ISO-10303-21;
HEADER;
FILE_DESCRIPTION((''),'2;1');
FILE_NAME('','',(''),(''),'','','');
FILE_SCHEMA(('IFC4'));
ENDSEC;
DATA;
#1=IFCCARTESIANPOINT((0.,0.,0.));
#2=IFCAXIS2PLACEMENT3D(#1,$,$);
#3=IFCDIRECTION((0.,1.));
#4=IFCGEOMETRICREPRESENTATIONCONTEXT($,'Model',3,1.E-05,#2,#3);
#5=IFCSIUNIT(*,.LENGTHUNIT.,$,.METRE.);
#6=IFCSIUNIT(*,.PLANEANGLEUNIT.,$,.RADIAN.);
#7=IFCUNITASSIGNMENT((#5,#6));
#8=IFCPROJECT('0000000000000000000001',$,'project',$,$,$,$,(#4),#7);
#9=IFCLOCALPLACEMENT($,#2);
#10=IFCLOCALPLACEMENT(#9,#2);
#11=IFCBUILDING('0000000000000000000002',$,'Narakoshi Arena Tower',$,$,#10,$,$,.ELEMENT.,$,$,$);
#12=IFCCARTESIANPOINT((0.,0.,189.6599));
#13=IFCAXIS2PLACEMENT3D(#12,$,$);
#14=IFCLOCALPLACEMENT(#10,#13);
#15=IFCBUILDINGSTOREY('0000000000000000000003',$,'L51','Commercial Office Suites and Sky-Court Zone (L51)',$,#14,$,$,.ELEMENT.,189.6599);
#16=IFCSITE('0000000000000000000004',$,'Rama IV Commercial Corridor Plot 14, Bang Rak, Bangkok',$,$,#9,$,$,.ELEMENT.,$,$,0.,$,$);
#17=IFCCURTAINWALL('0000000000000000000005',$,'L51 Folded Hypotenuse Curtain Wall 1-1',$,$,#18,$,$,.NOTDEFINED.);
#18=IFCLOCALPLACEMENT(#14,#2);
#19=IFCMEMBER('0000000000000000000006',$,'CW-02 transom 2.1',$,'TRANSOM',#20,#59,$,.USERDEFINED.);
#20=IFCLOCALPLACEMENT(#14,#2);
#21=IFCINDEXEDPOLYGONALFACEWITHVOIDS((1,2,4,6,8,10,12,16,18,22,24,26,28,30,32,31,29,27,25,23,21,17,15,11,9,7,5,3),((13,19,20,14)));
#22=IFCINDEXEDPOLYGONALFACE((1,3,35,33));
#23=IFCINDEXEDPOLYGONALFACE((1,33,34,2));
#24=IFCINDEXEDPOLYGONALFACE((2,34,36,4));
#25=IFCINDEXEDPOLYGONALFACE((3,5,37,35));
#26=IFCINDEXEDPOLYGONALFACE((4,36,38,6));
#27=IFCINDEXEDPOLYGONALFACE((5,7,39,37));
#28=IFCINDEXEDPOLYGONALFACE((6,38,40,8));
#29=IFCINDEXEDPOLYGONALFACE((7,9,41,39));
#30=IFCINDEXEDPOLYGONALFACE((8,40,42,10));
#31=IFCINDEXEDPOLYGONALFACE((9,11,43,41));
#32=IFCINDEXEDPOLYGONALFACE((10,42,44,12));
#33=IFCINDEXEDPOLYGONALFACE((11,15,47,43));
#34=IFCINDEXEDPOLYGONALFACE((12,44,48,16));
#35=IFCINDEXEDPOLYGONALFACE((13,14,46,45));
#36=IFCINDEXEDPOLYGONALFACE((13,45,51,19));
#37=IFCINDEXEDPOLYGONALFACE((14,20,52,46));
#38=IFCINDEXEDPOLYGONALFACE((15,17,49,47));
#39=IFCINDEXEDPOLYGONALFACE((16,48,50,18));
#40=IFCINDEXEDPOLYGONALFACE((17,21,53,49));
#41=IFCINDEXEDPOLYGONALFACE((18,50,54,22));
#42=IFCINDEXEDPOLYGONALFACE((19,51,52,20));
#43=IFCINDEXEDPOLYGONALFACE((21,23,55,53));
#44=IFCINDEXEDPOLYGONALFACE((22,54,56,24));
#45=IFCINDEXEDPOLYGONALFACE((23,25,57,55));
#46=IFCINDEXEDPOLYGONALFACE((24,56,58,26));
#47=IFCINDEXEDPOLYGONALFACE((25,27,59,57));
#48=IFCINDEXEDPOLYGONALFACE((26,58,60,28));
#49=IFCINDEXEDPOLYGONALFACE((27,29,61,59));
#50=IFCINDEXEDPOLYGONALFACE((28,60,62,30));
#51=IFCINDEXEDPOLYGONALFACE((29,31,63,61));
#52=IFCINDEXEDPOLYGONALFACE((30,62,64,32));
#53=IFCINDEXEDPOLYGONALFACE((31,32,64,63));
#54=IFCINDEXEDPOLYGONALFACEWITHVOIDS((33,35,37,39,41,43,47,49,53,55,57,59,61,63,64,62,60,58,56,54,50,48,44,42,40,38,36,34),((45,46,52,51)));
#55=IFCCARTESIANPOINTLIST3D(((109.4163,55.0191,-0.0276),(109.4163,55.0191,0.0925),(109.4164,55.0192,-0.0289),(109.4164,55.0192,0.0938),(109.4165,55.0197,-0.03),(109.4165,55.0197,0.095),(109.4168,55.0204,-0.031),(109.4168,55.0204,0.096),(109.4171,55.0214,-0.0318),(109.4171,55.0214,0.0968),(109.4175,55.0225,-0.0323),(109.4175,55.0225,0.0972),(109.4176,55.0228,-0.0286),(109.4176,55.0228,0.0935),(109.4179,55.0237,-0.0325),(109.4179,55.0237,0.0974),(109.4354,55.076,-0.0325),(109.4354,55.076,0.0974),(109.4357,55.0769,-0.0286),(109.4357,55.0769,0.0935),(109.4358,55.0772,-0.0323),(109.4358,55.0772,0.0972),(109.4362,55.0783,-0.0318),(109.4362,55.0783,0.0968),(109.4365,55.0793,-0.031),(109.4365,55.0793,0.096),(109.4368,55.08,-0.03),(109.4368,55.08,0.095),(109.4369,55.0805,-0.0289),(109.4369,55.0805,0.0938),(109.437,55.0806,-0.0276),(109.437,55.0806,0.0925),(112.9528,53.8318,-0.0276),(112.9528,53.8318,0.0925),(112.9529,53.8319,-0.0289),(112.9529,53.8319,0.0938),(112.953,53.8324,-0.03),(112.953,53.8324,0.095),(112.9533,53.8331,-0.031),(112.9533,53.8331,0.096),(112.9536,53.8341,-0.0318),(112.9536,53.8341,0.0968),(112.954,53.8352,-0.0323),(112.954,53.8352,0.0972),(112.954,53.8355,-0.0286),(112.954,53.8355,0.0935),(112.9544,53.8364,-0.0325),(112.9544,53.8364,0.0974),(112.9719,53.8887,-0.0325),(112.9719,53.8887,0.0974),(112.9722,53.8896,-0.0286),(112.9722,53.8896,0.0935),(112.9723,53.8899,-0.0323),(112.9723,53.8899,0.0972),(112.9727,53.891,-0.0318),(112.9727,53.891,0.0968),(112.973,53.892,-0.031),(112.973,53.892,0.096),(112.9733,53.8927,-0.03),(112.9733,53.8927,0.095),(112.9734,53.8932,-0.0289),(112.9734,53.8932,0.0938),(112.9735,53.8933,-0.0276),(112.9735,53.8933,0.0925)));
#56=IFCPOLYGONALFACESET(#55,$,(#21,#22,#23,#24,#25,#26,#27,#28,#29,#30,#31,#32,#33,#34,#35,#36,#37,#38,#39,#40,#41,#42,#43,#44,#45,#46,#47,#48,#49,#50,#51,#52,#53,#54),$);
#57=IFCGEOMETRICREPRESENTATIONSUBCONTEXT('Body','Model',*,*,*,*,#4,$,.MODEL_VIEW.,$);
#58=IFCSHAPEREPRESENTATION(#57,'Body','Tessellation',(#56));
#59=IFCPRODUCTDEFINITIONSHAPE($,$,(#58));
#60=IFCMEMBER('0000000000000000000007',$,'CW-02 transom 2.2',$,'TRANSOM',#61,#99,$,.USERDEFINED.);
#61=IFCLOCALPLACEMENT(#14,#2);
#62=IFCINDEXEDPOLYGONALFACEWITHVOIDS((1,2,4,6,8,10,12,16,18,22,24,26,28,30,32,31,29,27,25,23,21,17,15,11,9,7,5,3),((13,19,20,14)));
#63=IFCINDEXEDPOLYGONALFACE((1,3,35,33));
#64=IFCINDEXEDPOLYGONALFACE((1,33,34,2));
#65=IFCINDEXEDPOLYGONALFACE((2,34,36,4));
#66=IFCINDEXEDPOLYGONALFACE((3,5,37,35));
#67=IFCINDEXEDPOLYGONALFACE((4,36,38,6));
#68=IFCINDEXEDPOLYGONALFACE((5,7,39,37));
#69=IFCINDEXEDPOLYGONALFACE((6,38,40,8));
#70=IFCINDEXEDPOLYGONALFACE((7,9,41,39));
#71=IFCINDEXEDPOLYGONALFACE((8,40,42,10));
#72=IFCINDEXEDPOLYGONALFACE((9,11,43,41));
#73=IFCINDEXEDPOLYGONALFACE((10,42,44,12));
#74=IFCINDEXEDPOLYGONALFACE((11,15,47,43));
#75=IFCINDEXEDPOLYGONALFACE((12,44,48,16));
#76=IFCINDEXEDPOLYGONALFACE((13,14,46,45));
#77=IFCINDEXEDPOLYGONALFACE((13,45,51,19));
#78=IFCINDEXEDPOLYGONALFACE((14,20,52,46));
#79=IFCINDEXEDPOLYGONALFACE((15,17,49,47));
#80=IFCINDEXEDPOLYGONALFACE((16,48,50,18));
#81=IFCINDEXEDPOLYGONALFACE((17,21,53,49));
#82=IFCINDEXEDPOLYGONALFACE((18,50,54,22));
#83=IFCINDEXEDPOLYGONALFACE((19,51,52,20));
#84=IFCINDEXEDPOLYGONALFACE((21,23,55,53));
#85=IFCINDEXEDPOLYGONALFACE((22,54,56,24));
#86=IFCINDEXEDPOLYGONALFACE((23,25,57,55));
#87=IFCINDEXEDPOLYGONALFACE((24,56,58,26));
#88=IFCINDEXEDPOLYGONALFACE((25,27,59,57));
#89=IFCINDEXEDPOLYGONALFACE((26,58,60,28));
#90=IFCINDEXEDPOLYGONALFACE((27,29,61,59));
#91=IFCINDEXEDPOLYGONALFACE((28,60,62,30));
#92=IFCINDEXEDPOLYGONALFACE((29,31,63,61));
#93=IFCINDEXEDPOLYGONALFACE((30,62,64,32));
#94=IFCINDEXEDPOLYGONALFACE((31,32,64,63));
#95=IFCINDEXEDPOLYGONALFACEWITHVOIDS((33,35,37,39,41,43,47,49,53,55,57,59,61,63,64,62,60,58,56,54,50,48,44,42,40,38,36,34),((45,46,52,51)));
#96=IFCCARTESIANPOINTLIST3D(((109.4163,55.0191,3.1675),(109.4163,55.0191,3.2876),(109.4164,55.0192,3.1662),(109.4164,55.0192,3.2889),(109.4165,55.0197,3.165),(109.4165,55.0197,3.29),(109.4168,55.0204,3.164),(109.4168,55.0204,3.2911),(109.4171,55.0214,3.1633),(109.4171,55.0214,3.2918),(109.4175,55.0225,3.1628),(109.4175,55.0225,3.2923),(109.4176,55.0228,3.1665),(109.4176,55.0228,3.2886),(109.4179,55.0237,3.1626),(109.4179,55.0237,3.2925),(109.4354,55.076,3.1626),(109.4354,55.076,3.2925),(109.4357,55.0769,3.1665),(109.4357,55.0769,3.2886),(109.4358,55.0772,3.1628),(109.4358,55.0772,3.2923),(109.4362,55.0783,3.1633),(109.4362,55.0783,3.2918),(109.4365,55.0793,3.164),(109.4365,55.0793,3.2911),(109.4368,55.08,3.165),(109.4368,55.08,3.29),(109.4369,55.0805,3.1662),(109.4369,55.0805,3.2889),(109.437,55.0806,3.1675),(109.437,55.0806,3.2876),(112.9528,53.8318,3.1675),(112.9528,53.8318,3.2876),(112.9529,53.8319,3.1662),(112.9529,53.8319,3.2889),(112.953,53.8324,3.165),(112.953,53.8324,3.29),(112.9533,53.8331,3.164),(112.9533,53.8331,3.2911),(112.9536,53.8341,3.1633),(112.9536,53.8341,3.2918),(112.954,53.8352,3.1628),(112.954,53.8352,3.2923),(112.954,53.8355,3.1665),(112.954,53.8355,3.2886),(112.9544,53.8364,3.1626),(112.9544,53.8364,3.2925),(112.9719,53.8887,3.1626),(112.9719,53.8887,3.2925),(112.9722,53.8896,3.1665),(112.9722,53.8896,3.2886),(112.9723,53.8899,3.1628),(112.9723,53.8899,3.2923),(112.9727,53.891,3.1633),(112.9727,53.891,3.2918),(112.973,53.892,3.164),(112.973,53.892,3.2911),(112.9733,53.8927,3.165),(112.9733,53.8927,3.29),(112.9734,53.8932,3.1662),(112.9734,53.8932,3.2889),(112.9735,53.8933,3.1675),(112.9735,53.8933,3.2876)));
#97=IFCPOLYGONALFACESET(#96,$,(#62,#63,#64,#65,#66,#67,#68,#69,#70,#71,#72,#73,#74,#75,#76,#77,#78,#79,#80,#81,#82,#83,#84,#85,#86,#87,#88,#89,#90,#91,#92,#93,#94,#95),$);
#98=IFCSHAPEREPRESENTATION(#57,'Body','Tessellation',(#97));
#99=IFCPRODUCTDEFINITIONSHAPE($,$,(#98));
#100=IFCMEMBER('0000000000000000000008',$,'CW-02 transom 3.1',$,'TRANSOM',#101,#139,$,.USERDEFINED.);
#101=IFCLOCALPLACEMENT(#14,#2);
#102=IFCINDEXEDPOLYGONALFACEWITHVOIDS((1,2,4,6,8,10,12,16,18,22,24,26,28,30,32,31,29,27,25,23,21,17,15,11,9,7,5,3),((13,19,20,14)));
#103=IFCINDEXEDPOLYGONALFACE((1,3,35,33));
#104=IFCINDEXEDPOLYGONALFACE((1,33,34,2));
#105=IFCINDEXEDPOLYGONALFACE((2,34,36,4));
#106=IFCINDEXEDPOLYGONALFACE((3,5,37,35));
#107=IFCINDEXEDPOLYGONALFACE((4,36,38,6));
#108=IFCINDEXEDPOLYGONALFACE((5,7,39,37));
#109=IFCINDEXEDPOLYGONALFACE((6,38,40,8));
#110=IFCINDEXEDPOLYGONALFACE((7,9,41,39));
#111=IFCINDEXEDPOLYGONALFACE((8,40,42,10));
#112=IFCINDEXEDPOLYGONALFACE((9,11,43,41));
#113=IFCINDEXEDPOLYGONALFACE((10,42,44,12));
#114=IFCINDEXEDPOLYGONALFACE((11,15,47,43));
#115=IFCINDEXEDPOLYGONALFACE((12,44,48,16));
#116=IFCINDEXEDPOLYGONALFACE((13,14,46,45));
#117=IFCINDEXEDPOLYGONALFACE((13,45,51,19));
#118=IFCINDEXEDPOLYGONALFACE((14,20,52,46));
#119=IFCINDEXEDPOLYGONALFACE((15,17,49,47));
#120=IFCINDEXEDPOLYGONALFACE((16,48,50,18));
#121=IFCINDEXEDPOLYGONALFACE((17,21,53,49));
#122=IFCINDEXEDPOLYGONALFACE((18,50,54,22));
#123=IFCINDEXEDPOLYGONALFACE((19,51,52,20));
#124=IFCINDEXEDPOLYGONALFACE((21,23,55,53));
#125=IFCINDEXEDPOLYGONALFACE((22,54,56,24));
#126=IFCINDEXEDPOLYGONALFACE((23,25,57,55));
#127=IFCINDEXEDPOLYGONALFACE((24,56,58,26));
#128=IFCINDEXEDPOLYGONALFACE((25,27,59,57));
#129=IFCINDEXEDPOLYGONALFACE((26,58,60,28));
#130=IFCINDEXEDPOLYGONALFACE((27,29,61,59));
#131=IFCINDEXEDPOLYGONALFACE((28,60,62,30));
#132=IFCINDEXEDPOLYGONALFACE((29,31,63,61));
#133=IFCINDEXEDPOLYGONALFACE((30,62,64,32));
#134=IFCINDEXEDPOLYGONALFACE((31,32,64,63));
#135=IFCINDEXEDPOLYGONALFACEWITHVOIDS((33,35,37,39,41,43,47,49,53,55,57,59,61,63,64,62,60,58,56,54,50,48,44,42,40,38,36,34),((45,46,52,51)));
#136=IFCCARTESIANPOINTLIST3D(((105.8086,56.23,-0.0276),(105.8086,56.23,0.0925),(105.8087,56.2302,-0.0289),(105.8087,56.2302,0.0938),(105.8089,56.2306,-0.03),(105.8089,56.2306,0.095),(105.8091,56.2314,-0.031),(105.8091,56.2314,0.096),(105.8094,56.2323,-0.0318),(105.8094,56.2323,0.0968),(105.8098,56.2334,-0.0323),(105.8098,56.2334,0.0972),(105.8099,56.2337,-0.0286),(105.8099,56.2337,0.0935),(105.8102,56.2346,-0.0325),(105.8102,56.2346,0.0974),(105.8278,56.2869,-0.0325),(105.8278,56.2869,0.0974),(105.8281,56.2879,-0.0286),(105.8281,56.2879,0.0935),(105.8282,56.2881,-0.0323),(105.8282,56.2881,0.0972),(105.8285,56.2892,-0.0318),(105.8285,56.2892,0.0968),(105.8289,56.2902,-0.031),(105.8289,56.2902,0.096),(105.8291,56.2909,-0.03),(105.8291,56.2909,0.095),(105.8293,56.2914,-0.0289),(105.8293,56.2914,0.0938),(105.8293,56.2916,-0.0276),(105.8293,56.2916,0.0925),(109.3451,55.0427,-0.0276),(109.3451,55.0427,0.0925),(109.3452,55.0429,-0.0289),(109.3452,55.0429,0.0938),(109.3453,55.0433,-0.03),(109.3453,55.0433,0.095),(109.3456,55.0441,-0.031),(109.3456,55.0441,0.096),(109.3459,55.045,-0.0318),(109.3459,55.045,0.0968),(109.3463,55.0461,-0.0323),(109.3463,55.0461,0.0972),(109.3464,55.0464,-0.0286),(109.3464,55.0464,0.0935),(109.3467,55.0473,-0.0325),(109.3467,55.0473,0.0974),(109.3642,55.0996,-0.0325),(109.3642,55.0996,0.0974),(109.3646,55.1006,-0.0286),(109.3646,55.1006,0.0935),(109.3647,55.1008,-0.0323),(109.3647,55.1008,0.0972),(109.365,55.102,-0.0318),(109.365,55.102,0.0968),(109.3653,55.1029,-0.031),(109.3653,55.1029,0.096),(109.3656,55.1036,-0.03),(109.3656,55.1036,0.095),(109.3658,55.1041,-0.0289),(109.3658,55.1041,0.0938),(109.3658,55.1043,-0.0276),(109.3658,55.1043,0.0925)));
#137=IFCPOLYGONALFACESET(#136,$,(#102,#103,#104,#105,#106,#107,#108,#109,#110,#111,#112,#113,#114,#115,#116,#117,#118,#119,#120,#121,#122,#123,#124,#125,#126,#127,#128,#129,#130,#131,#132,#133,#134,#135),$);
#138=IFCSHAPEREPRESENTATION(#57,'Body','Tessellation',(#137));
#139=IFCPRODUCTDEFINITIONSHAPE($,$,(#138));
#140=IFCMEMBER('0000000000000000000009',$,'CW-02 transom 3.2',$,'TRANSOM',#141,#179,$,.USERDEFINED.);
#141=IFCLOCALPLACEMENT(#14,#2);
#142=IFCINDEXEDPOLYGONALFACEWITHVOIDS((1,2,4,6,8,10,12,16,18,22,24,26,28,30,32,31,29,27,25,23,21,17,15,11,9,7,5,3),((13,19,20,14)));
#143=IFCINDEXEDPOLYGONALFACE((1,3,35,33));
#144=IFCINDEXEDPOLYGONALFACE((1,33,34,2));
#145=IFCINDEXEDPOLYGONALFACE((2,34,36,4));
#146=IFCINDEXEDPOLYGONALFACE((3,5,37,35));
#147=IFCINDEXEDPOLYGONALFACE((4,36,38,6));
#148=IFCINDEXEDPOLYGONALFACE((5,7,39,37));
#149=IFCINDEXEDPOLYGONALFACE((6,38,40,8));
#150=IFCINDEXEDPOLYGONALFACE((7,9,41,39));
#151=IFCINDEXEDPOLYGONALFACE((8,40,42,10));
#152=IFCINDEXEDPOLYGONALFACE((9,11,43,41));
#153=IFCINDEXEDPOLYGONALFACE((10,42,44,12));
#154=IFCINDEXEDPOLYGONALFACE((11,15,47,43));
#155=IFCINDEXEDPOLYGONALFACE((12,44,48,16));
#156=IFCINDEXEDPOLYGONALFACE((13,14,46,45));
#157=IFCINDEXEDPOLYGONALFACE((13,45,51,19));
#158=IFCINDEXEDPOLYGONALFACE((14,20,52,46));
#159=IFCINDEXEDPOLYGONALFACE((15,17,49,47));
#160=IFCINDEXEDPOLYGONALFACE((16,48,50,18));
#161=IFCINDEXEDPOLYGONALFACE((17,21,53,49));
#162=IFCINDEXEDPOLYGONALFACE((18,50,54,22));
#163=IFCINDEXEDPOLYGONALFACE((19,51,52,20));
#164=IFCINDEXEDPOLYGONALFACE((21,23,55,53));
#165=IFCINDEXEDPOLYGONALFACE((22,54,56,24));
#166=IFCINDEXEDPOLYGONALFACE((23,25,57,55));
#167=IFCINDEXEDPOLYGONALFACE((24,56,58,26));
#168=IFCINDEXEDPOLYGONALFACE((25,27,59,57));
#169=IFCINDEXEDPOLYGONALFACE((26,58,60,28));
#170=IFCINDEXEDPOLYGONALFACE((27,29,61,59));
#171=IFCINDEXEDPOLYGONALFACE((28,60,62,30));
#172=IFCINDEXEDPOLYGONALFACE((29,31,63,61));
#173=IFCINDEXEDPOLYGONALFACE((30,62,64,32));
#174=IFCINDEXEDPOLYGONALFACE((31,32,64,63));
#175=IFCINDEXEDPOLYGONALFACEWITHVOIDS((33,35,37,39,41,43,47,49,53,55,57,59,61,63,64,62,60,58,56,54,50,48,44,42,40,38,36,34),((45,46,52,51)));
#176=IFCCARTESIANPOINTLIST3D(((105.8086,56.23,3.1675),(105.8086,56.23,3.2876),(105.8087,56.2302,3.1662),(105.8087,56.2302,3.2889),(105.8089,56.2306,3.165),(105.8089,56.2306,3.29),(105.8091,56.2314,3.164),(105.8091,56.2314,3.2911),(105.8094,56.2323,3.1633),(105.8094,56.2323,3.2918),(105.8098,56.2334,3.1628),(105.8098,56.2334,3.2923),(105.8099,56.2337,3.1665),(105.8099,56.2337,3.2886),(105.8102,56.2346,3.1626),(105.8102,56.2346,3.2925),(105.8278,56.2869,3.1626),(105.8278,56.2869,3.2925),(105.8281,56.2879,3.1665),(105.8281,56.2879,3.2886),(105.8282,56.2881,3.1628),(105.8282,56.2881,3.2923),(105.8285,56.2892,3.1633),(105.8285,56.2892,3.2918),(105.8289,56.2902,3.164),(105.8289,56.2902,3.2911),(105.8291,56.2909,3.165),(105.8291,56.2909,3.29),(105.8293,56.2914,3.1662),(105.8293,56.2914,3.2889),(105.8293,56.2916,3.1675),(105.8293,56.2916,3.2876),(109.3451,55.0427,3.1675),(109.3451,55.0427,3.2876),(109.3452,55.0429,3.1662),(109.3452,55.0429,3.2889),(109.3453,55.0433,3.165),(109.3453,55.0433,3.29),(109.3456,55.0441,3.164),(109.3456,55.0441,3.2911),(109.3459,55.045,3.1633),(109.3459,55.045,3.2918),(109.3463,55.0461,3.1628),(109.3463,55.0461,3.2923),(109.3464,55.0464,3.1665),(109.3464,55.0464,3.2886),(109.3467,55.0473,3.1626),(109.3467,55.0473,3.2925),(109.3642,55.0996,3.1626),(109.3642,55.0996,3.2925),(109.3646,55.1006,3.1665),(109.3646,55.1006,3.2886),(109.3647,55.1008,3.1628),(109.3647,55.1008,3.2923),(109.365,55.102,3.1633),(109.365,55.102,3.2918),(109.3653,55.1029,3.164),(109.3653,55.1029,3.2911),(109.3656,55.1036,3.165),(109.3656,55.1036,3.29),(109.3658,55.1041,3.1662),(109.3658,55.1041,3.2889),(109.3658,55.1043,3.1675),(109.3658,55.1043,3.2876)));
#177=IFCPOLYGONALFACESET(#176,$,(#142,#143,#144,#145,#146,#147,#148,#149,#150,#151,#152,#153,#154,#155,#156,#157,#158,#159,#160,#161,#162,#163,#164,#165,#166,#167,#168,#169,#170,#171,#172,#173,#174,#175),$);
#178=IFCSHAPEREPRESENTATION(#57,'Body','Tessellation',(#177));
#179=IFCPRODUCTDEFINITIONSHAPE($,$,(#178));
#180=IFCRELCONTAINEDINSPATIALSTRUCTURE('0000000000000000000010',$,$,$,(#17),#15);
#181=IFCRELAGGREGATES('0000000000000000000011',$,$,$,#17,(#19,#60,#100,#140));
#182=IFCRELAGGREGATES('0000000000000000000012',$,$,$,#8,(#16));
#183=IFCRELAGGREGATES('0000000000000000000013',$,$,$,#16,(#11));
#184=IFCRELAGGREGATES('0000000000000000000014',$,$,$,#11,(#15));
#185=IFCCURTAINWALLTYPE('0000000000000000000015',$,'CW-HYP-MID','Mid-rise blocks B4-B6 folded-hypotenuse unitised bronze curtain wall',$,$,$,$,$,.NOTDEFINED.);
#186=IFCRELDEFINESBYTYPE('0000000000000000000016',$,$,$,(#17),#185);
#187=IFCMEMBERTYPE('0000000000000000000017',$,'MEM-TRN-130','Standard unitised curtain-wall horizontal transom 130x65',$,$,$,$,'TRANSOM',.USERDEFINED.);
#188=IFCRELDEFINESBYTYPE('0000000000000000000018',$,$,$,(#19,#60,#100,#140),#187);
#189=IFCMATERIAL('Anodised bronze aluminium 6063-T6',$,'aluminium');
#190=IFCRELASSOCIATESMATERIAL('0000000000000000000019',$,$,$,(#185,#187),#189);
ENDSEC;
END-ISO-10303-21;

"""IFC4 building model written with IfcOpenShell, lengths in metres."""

from ifc_helpers import new_model, si_unit, direction, frame, origin, origin_2d, place, context, subcontext, project, spatial, hollow_rectangle, extrude, material, material_profile, profile_set, type_object, element, aggregate, save


model = new_model("IFC4")

# Units and contexts
model_context = context("Model", 3, precision=1e-05, world=origin(), true_north=direction((0.0, 1.0)))
body_context = subcontext(model_context, "Body", "Model", "MODEL_VIEW")
ifc_project = project(units=[si_unit("LENGTHUNIT", "METRE"), si_unit("PLANEANGLEUNIT", "RADIAN")], contexts=[model_context])

# Site, building, storey
site_placement = place(None, origin())
site = spatial("IfcSite", under=ifc_project, at=site_placement, Name="Rama IV Commercial Corridor Plot 14, Bang Rak, Bangkok", CompositionType="ELEMENT", RefElevation=0.0)
building_placement = place(site_placement, origin())
building = spatial("IfcBuilding", under=site, at=building_placement, Name="Narakoshi Arena Tower", CompositionType="ELEMENT")
storey_placement = place(building_placement, frame((0.0, 0.0, 189.6599)))
storey = spatial("IfcBuildingStorey", under=building, at=storey_placement, Name="L51", Description="Commercial Office Suites and Sky-Court Zone (L51)", CompositionType="ELEMENT", Elevation=189.6599)

# Curtain wall, members
ifc_material_1 = material(Name="Anodised bronze aluminium 6063-T6", Category="aluminium")
curtain_wall_type = type_object("IfcCurtainWallType", Name="CW-HYP-MID", Description="Mid-rise blocks B4-B6 folded-hypotenuse unitised bronze curtain wall", PredefinedType="NOTDEFINED", material=ifc_material_1)
curtain_wall_placement = place(storey_placement, origin())
curtain_wall = element("IfcCurtainWall", 1, at=curtain_wall_placement, inside=storey, type_object=curtain_wall_type, Name="L51 Folded Hypotenuse Curtain Wall 1-1", PredefinedType="NOTDEFINED")
ifc_material_profile_1 = material_profile(ifc_material_1, hollow_rectangle(XDim=0.0649, YDim=0.1299, WallThickness=0.0039, OuterFilletRadius=0.0049, at=origin_2d()), Name="TRN130x65x4")
ifc_profile_set_1 = profile_set([ifc_material_profile_1], Name="Anodised bronze aluminium 6063-T6")
member_type_1 = type_object("IfcMemberType", Name="MEM-TRN-130", Description="Standard unitised curtain-wall horizontal transom 130x65", ElementType="TRANSOM", PredefinedType="USERDEFINED", material=ifc_profile_set_1)
member_1_placement = place(storey_placement, frame((112.9631, 53.8625, 0.0325), z_axis=(-0.948, 0.318269, 0.0), x_axis=(-0.318269, -0.948, 0.0)))
member_1 = element("IfcMember", 2, at=member_1_placement, type_object=member_type_1, Name="CW-02 transom 2.1", ObjectType="TRANSOM", PredefinedType="USERDEFINED", context=body_context, shape_type="SweptSolid", body=[
    extrude(hollow_rectangle(XDim=0.0649, YDim=0.1299, WallThickness=0.0039, OuterFilletRadius=0.0049, at=origin_2d()), origin(), (0.0, 0.0, 1.0), 3.7305),
])
member_2_placement = place(storey_placement, frame((112.9631, 53.8625, 3.2275), z_axis=(-0.948, 0.318269, 0.0), x_axis=(-0.318269, -0.948, 0.0)))
member_2 = element("IfcMember", 3, at=member_2_placement, type_object=member_type_1, Name="CW-02 transom 2.2", ObjectType="TRANSOM", PredefinedType="USERDEFINED", context=body_context, shape_type="SweptSolid", body=[
    extrude(hollow_rectangle(XDim=0.0649, YDim=0.1299, WallThickness=0.0039, OuterFilletRadius=0.0049, at=origin_2d()), origin(), (0.0, 0.0, 1.0), 3.7305),
])
member_3_placement = place(storey_placement, frame((109.3555, 55.0735, 0.0325), z_axis=(-0.948, 0.318269, 0.0), x_axis=(-0.318269, -0.948, 0.0)))
member_3 = element("IfcMember", 4, at=member_3_placement, type_object=member_type_1, Name="CW-02 transom 3.1", ObjectType="TRANSOM", PredefinedType="USERDEFINED", context=body_context, shape_type="SweptSolid", body=[
    extrude(hollow_rectangle(XDim=0.0649, YDim=0.1299, WallThickness=0.0039, OuterFilletRadius=0.0049, at=origin_2d()), origin(), (0.0, 0.0, 1.0), 3.7305),
])
member_4_placement = place(storey_placement, frame((109.3555, 55.0735, 3.2275), z_axis=(-0.948, 0.318269, 0.0), x_axis=(-0.318269, -0.948, 0.0)))
member_4 = element("IfcMember", 5, at=member_4_placement, type_object=member_type_1, Name="CW-02 transom 3.2", ObjectType="TRANSOM", PredefinedType="USERDEFINED", context=body_context, shape_type="SweptSolid", body=[
    extrude(hollow_rectangle(XDim=0.0649, YDim=0.1299, WallThickness=0.0039, OuterFilletRadius=0.0049, at=origin_2d()), origin(), (0.0, 0.0, 1.0), 3.7305),
])
aggregate(curtain_wall, [member_1, member_2, member_3, member_4])

save(model, "model.ifc")
